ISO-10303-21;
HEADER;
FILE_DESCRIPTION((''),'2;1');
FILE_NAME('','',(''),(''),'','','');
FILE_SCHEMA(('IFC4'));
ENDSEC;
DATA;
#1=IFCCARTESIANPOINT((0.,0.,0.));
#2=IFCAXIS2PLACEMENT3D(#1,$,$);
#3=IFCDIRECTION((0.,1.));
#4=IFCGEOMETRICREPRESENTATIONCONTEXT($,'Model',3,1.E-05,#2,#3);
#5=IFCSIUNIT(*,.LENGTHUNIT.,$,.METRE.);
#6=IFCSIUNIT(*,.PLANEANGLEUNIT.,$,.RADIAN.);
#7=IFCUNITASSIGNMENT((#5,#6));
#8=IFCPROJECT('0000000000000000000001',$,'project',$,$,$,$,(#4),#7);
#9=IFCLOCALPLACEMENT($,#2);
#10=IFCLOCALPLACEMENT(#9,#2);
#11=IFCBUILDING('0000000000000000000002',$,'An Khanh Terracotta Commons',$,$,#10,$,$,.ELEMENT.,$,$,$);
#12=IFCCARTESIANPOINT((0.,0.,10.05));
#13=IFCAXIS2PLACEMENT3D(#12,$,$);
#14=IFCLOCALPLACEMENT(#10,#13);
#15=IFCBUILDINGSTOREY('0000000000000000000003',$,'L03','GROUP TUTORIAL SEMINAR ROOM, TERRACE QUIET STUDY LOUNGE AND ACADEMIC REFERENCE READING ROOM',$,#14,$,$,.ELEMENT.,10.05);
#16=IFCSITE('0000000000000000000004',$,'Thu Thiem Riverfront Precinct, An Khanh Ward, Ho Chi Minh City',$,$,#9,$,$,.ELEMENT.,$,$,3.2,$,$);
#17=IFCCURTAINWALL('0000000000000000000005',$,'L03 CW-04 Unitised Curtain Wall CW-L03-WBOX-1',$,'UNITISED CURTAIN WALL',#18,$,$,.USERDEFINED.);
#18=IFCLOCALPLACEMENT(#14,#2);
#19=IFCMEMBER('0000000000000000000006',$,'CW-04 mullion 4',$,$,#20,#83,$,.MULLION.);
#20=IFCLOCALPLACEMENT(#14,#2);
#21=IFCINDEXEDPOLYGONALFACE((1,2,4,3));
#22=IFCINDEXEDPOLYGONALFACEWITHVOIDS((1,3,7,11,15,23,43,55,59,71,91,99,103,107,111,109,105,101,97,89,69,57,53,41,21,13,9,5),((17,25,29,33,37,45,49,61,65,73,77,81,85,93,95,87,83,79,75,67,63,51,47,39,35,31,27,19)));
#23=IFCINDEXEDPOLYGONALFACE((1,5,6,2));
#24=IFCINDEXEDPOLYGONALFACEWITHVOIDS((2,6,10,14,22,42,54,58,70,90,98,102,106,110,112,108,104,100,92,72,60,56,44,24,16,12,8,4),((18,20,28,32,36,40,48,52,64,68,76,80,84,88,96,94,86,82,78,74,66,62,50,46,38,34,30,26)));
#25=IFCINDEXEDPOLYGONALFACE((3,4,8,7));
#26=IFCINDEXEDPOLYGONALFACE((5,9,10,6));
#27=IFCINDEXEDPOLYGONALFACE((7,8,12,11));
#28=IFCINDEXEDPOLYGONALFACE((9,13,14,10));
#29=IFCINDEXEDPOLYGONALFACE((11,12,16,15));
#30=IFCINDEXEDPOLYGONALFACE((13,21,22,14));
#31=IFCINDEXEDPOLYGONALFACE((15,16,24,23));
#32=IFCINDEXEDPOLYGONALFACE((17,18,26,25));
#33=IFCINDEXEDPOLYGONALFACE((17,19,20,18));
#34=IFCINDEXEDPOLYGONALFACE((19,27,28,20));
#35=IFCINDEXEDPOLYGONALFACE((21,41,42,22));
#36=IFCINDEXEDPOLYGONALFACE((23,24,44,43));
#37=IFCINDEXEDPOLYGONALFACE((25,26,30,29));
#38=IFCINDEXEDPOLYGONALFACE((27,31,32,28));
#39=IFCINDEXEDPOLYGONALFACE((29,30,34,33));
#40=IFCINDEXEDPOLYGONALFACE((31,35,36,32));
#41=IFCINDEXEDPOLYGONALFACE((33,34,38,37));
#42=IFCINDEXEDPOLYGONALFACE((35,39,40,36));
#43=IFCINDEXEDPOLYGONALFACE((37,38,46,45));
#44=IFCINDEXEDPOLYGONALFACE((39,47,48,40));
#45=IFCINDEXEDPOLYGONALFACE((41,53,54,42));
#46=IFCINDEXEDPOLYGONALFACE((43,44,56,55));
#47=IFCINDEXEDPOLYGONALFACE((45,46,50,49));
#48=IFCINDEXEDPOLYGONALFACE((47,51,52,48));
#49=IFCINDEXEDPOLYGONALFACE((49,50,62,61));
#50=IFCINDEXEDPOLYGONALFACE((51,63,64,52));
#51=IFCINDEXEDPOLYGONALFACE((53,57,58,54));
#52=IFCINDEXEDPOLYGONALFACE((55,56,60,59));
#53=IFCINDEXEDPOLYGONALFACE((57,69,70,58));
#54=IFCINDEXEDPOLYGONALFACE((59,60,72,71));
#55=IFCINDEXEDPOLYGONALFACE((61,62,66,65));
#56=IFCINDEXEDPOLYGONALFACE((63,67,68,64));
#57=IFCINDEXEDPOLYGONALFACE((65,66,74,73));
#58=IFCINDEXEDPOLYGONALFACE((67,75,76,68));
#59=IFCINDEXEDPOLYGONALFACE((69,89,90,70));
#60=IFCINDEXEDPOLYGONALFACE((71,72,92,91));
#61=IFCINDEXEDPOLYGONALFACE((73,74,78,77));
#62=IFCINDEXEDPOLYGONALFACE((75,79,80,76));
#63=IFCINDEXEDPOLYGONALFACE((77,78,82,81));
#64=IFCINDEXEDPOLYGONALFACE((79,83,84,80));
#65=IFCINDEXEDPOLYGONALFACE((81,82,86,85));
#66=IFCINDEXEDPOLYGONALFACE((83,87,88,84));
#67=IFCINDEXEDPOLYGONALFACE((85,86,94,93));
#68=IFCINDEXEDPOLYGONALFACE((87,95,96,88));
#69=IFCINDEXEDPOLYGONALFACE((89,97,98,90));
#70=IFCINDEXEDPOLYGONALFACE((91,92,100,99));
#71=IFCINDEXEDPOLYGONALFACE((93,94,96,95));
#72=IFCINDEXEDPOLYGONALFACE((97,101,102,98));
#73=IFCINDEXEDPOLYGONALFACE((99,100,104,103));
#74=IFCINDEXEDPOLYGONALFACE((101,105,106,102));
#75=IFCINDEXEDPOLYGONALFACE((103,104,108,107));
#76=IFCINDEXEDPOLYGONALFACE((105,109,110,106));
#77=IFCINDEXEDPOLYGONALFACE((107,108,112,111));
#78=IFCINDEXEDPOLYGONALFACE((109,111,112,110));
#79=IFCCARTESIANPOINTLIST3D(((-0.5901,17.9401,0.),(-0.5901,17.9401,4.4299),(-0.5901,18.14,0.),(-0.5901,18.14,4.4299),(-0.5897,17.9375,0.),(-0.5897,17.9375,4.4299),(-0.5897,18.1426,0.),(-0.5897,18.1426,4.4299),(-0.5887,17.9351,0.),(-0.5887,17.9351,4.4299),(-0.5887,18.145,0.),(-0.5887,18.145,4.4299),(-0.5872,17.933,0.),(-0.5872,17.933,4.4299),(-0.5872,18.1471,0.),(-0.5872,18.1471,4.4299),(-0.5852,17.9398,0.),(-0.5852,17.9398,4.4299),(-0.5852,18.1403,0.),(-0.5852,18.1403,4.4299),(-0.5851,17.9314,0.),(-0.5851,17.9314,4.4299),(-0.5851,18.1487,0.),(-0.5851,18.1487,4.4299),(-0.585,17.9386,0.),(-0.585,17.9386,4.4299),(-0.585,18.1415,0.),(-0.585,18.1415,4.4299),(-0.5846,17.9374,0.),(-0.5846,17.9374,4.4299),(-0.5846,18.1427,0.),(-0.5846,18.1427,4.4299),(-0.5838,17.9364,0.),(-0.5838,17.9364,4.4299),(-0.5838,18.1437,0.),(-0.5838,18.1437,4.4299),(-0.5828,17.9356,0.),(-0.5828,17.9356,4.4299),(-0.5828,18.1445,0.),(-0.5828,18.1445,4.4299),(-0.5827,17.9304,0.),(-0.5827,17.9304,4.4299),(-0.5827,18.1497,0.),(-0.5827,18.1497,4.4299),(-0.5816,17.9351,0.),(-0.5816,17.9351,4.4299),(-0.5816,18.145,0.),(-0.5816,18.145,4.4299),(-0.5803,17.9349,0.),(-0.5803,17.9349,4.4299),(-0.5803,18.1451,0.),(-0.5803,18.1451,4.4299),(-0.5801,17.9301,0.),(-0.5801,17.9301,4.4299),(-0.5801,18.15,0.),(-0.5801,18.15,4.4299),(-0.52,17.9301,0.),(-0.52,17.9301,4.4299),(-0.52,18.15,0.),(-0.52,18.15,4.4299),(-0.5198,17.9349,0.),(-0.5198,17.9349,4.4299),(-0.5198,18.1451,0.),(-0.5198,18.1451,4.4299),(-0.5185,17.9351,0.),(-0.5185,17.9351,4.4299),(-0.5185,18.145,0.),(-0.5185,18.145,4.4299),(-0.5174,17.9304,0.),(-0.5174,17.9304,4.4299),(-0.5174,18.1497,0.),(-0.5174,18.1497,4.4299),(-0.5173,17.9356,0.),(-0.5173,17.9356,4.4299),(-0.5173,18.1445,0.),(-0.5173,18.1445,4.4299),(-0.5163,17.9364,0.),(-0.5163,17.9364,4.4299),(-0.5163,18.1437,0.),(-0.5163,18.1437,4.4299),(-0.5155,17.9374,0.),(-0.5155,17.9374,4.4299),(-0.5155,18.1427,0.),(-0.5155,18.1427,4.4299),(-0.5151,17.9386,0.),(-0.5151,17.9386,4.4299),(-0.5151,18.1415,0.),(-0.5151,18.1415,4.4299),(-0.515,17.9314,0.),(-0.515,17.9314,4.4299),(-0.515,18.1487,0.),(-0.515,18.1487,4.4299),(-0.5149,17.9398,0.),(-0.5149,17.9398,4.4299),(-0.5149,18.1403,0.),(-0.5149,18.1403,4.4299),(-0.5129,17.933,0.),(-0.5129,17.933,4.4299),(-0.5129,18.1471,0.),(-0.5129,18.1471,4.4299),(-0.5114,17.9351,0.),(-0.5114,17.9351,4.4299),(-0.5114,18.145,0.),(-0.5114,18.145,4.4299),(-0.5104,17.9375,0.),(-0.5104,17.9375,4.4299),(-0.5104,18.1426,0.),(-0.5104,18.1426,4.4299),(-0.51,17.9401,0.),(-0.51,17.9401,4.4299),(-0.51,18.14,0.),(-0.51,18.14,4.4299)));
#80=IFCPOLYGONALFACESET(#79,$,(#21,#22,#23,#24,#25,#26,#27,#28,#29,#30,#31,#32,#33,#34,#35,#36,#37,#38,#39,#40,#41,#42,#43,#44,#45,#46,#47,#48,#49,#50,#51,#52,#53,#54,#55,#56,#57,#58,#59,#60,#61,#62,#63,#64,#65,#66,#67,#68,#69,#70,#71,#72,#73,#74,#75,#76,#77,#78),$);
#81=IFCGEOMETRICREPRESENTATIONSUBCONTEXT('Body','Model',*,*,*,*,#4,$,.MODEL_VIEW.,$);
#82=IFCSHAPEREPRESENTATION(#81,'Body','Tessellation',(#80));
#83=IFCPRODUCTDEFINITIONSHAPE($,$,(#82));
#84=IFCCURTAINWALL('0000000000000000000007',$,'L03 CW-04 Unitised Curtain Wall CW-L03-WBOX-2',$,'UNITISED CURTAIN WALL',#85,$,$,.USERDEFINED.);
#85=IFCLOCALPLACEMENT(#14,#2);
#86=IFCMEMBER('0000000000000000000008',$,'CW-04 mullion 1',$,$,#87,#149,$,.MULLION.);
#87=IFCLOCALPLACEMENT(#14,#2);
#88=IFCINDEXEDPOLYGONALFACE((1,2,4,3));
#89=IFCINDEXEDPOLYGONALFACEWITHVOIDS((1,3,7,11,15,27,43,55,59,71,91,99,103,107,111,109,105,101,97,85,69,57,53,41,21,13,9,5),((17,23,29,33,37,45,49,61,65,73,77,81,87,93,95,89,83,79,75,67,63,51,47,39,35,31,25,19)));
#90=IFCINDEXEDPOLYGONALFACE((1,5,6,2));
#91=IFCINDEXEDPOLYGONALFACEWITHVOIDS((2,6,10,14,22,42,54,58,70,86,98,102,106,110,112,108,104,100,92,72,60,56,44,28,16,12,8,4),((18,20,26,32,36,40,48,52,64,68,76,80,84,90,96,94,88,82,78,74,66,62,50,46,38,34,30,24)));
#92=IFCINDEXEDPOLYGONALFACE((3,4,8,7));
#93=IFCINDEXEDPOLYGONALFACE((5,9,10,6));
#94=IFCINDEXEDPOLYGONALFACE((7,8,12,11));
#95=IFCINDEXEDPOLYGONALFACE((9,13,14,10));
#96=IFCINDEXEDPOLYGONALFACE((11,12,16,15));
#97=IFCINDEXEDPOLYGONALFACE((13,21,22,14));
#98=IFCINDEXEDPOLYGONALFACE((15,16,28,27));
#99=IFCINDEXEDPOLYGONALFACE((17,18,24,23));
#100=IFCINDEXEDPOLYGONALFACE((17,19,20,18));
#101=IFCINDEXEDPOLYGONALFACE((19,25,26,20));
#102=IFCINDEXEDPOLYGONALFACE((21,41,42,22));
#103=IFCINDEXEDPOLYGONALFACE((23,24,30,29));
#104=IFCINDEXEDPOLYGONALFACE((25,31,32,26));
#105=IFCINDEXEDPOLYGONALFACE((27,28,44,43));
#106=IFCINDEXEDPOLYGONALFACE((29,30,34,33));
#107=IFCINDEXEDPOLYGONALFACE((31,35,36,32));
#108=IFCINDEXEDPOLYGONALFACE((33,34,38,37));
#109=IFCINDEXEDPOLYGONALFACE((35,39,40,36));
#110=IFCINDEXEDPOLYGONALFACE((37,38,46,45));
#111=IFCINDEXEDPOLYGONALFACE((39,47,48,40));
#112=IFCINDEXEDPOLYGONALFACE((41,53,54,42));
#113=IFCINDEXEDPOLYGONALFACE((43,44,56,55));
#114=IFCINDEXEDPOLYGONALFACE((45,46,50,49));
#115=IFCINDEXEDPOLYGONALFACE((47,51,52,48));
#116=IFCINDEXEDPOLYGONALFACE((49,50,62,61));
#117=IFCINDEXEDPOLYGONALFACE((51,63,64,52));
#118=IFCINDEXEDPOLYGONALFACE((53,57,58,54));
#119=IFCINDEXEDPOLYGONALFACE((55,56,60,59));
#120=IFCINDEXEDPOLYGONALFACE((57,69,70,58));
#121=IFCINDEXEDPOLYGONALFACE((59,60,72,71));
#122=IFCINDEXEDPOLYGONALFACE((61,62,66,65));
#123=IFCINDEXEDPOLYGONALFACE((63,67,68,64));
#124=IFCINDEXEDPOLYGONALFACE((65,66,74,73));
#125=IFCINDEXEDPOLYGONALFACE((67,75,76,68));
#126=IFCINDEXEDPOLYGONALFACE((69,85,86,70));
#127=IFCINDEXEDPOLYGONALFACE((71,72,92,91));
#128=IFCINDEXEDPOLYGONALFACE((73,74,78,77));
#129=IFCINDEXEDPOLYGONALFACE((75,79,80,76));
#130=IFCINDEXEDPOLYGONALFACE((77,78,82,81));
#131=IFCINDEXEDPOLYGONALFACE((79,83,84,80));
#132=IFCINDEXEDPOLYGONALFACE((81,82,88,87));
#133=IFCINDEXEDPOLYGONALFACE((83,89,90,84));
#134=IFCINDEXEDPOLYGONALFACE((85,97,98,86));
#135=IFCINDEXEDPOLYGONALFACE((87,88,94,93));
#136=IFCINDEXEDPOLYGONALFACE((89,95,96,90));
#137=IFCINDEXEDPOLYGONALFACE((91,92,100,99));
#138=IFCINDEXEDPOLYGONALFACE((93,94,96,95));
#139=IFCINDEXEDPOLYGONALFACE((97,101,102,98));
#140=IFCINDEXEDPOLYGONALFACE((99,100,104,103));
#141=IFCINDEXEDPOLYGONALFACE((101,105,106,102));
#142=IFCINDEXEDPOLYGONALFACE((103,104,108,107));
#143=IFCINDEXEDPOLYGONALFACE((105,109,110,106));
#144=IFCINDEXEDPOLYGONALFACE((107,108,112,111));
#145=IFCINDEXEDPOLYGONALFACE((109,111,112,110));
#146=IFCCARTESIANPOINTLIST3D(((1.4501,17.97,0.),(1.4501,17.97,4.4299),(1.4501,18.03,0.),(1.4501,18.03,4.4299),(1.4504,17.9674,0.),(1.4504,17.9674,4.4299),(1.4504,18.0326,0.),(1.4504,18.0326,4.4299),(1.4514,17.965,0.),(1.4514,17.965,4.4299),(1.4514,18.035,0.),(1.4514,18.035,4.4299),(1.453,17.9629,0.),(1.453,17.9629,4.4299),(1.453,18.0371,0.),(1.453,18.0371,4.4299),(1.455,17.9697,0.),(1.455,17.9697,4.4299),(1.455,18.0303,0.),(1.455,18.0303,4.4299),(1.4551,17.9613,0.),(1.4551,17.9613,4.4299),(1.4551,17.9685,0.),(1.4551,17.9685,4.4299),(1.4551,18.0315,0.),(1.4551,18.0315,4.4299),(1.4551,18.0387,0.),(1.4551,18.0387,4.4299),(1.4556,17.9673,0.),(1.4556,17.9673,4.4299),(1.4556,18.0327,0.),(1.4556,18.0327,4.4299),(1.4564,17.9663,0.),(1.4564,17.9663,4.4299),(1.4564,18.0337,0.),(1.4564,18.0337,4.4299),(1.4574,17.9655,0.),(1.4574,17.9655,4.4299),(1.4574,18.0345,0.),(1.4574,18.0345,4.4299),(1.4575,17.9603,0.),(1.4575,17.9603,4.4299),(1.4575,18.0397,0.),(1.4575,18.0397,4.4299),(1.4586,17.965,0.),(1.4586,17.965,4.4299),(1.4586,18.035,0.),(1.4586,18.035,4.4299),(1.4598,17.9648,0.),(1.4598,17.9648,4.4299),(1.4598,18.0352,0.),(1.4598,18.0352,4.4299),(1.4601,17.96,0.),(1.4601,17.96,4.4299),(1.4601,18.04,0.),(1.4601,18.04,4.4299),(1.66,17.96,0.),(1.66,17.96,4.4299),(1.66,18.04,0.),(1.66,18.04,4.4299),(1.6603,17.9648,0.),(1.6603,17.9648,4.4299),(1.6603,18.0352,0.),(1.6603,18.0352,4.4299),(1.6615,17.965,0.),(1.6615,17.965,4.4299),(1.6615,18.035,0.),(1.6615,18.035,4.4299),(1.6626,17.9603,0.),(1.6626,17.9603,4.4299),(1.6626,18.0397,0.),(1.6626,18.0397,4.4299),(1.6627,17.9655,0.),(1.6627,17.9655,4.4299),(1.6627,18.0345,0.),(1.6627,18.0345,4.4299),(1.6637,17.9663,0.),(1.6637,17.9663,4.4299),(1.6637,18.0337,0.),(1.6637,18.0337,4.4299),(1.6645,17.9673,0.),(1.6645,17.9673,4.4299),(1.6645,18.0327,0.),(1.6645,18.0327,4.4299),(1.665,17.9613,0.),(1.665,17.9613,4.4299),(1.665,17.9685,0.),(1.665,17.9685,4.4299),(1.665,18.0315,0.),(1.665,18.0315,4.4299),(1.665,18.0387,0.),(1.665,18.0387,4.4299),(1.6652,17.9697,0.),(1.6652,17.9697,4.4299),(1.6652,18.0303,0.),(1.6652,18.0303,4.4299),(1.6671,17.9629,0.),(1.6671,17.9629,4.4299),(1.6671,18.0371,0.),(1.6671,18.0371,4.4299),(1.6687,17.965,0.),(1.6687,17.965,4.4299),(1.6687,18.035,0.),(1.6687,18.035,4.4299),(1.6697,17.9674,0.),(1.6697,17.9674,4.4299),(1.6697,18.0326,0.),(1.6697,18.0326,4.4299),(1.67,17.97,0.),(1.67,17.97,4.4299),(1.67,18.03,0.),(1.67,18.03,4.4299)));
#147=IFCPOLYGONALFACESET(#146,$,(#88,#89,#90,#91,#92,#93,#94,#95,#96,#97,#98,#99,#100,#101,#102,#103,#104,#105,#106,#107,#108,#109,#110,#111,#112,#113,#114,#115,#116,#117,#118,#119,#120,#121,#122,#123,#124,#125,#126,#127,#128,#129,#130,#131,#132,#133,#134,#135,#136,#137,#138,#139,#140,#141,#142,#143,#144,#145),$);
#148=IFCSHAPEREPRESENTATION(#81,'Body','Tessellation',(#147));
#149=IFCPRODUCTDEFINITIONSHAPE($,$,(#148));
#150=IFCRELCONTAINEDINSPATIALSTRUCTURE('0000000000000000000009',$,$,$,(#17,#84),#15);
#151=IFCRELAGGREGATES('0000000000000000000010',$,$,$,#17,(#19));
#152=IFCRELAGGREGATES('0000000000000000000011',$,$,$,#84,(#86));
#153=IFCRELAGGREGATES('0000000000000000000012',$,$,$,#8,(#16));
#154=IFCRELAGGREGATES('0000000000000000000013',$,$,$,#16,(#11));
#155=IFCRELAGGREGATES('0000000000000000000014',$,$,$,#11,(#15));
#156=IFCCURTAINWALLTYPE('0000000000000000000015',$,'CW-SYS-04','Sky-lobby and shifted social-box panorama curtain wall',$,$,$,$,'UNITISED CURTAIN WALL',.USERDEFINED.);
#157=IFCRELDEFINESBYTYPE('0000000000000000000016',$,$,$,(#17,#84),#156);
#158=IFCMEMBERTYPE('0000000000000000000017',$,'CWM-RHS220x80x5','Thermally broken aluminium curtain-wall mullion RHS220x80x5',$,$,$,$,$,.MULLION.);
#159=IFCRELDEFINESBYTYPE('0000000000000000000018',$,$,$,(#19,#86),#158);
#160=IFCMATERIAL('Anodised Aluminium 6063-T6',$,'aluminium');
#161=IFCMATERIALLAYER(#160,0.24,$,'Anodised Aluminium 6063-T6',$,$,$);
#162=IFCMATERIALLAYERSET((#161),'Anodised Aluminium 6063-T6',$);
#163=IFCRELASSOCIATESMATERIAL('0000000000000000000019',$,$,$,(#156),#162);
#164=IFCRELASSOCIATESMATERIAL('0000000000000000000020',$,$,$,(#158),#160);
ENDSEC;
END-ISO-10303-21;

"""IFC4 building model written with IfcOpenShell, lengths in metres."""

from ifc_helpers import new_model, si_unit, direction, frame, origin, origin_2d, place, context, subcontext, project, spatial, hollow_rectangle, extrude, material, layer, layer_set, material_profile, profile_set, type_object, element, aggregate, save


model = new_model("IFC4")

# Units and contexts
model_context = context("Model", 3, precision=1e-05, world=origin(), true_north=direction((0.0, 1.0)))
body_context = subcontext(model_context, "Body", "Model", "MODEL_VIEW")
ifc_project = project(units=[si_unit("LENGTHUNIT", "METRE"), si_unit("PLANEANGLEUNIT", "RADIAN")], contexts=[model_context])

# Site, building, storey
site_placement = place(None, origin())
site = spatial("IfcSite", under=ifc_project, at=site_placement, Name="Thu Thiem Riverfront Precinct, An Khanh Ward, Ho Chi Minh City", CompositionType="ELEMENT", RefElevation=3.2)
building_placement = place(site_placement, origin())
building = spatial("IfcBuilding", under=site, at=building_placement, Name="An Khanh Terracotta Commons", CompositionType="ELEMENT")
storey_placement = place(building_placement, frame((0.0, 0.0, 10.05)))
storey = spatial("IfcBuildingStorey", under=building, at=storey_placement, Name="L03", Description="GROUP TUTORIAL SEMINAR ROOM, TERRACE QUIET STUDY LOUNGE AND ACADEMIC REFERENCE READING ROOM", CompositionType="ELEMENT", Elevation=10.05)

# Curtain walls, members
ifc_material_1 = material(Name="Anodised Aluminium 6063-T6", Category="aluminium")
ifc_layer_1 = layer(ifc_material_1, 0.24, Name="Anodised Aluminium 6063-T6")
ifc_layer_set_1 = layer_set([ifc_layer_1], Name="Anodised Aluminium 6063-T6")
curtain_wall_type = type_object("IfcCurtainWallType", Name="CW-SYS-04", Description="Sky-lobby and shifted social-box panorama curtain wall", ElementType="UNITISED CURTAIN WALL", PredefinedType="USERDEFINED", material=ifc_layer_set_1)
curtain_wall_1_placement = place(storey_placement, origin())
curtain_wall_1 = element("IfcCurtainWall", 1, at=curtain_wall_1_placement, inside=storey, type_object=curtain_wall_type, Name="L03 CW-04 Unitised Curtain Wall CW-L03-WBOX-1", ObjectType="UNITISED CURTAIN WALL", PredefinedType="USERDEFINED")
ifc_material_profile_1 = material_profile(ifc_material_1, hollow_rectangle(XDim=0.0801, YDim=0.22, WallThickness=0.0049, InnerFilletRadius=0.0049, OuterFilletRadius=0.01, at=origin_2d()), Name="RHS220x80x5")
ifc_profile_set_1 = profile_set([ifc_material_profile_1], Name="Anodised Aluminium 6063-T6")
member_type_1 = type_object("IfcMemberType", Name="CWM-RHS220x80x5", Description="Thermally broken aluminium curtain-wall mullion RHS220x80x5", PredefinedType="MULLION", material=ifc_profile_set_1)
member_1_placement = place(storey_placement, frame((-0.55, 18.04, 0.0), z_axis=(0.0, 0.0, 1.0), x_axis=(1.0, 0.0, 0.0)))
member_1 = element("IfcMember", 2, at=member_1_placement, type_object=member_type_1, Name="CW-04 mullion 4", PredefinedType="MULLION", context=body_context, shape_type="SweptSolid", body=[
    extrude(hollow_rectangle(XDim=0.0801, YDim=0.22, WallThickness=0.0049, InnerFilletRadius=0.0049, OuterFilletRadius=0.01, at=origin_2d()), origin(), (0.0, 0.0, 1.0), 4.4299),
])
curtain_wall_2_placement = place(storey_placement, origin())
curtain_wall_2 = element("IfcCurtainWall", 3, at=curtain_wall_2_placement, inside=storey, type_object=curtain_wall_type, Name="L03 CW-04 Unitised Curtain Wall CW-L03-WBOX-2", ObjectType="UNITISED CURTAIN WALL", PredefinedType="USERDEFINED")
member_2_placement = place(storey_placement, frame((1.5601, 18.0, 0.0), z_axis=(0.0, 0.0, 1.0), x_axis=(0.0, -1.0, 0.0)))
member_2 = element("IfcMember", 4, at=member_2_placement, type_object=member_type_1, Name="CW-04 mullion 1", PredefinedType="MULLION", context=body_context, shape_type="SweptSolid", body=[
    extrude(hollow_rectangle(XDim=0.0801, YDim=0.22, WallThickness=0.0049, InnerFilletRadius=0.0049, OuterFilletRadius=0.01, at=origin_2d()), origin(), (0.0, 0.0, 1.0), 4.4299),
])

aggregate(curtain_wall_1, [member_1])
aggregate(curtain_wall_2, [member_2])

save(model, "model.ifc")
